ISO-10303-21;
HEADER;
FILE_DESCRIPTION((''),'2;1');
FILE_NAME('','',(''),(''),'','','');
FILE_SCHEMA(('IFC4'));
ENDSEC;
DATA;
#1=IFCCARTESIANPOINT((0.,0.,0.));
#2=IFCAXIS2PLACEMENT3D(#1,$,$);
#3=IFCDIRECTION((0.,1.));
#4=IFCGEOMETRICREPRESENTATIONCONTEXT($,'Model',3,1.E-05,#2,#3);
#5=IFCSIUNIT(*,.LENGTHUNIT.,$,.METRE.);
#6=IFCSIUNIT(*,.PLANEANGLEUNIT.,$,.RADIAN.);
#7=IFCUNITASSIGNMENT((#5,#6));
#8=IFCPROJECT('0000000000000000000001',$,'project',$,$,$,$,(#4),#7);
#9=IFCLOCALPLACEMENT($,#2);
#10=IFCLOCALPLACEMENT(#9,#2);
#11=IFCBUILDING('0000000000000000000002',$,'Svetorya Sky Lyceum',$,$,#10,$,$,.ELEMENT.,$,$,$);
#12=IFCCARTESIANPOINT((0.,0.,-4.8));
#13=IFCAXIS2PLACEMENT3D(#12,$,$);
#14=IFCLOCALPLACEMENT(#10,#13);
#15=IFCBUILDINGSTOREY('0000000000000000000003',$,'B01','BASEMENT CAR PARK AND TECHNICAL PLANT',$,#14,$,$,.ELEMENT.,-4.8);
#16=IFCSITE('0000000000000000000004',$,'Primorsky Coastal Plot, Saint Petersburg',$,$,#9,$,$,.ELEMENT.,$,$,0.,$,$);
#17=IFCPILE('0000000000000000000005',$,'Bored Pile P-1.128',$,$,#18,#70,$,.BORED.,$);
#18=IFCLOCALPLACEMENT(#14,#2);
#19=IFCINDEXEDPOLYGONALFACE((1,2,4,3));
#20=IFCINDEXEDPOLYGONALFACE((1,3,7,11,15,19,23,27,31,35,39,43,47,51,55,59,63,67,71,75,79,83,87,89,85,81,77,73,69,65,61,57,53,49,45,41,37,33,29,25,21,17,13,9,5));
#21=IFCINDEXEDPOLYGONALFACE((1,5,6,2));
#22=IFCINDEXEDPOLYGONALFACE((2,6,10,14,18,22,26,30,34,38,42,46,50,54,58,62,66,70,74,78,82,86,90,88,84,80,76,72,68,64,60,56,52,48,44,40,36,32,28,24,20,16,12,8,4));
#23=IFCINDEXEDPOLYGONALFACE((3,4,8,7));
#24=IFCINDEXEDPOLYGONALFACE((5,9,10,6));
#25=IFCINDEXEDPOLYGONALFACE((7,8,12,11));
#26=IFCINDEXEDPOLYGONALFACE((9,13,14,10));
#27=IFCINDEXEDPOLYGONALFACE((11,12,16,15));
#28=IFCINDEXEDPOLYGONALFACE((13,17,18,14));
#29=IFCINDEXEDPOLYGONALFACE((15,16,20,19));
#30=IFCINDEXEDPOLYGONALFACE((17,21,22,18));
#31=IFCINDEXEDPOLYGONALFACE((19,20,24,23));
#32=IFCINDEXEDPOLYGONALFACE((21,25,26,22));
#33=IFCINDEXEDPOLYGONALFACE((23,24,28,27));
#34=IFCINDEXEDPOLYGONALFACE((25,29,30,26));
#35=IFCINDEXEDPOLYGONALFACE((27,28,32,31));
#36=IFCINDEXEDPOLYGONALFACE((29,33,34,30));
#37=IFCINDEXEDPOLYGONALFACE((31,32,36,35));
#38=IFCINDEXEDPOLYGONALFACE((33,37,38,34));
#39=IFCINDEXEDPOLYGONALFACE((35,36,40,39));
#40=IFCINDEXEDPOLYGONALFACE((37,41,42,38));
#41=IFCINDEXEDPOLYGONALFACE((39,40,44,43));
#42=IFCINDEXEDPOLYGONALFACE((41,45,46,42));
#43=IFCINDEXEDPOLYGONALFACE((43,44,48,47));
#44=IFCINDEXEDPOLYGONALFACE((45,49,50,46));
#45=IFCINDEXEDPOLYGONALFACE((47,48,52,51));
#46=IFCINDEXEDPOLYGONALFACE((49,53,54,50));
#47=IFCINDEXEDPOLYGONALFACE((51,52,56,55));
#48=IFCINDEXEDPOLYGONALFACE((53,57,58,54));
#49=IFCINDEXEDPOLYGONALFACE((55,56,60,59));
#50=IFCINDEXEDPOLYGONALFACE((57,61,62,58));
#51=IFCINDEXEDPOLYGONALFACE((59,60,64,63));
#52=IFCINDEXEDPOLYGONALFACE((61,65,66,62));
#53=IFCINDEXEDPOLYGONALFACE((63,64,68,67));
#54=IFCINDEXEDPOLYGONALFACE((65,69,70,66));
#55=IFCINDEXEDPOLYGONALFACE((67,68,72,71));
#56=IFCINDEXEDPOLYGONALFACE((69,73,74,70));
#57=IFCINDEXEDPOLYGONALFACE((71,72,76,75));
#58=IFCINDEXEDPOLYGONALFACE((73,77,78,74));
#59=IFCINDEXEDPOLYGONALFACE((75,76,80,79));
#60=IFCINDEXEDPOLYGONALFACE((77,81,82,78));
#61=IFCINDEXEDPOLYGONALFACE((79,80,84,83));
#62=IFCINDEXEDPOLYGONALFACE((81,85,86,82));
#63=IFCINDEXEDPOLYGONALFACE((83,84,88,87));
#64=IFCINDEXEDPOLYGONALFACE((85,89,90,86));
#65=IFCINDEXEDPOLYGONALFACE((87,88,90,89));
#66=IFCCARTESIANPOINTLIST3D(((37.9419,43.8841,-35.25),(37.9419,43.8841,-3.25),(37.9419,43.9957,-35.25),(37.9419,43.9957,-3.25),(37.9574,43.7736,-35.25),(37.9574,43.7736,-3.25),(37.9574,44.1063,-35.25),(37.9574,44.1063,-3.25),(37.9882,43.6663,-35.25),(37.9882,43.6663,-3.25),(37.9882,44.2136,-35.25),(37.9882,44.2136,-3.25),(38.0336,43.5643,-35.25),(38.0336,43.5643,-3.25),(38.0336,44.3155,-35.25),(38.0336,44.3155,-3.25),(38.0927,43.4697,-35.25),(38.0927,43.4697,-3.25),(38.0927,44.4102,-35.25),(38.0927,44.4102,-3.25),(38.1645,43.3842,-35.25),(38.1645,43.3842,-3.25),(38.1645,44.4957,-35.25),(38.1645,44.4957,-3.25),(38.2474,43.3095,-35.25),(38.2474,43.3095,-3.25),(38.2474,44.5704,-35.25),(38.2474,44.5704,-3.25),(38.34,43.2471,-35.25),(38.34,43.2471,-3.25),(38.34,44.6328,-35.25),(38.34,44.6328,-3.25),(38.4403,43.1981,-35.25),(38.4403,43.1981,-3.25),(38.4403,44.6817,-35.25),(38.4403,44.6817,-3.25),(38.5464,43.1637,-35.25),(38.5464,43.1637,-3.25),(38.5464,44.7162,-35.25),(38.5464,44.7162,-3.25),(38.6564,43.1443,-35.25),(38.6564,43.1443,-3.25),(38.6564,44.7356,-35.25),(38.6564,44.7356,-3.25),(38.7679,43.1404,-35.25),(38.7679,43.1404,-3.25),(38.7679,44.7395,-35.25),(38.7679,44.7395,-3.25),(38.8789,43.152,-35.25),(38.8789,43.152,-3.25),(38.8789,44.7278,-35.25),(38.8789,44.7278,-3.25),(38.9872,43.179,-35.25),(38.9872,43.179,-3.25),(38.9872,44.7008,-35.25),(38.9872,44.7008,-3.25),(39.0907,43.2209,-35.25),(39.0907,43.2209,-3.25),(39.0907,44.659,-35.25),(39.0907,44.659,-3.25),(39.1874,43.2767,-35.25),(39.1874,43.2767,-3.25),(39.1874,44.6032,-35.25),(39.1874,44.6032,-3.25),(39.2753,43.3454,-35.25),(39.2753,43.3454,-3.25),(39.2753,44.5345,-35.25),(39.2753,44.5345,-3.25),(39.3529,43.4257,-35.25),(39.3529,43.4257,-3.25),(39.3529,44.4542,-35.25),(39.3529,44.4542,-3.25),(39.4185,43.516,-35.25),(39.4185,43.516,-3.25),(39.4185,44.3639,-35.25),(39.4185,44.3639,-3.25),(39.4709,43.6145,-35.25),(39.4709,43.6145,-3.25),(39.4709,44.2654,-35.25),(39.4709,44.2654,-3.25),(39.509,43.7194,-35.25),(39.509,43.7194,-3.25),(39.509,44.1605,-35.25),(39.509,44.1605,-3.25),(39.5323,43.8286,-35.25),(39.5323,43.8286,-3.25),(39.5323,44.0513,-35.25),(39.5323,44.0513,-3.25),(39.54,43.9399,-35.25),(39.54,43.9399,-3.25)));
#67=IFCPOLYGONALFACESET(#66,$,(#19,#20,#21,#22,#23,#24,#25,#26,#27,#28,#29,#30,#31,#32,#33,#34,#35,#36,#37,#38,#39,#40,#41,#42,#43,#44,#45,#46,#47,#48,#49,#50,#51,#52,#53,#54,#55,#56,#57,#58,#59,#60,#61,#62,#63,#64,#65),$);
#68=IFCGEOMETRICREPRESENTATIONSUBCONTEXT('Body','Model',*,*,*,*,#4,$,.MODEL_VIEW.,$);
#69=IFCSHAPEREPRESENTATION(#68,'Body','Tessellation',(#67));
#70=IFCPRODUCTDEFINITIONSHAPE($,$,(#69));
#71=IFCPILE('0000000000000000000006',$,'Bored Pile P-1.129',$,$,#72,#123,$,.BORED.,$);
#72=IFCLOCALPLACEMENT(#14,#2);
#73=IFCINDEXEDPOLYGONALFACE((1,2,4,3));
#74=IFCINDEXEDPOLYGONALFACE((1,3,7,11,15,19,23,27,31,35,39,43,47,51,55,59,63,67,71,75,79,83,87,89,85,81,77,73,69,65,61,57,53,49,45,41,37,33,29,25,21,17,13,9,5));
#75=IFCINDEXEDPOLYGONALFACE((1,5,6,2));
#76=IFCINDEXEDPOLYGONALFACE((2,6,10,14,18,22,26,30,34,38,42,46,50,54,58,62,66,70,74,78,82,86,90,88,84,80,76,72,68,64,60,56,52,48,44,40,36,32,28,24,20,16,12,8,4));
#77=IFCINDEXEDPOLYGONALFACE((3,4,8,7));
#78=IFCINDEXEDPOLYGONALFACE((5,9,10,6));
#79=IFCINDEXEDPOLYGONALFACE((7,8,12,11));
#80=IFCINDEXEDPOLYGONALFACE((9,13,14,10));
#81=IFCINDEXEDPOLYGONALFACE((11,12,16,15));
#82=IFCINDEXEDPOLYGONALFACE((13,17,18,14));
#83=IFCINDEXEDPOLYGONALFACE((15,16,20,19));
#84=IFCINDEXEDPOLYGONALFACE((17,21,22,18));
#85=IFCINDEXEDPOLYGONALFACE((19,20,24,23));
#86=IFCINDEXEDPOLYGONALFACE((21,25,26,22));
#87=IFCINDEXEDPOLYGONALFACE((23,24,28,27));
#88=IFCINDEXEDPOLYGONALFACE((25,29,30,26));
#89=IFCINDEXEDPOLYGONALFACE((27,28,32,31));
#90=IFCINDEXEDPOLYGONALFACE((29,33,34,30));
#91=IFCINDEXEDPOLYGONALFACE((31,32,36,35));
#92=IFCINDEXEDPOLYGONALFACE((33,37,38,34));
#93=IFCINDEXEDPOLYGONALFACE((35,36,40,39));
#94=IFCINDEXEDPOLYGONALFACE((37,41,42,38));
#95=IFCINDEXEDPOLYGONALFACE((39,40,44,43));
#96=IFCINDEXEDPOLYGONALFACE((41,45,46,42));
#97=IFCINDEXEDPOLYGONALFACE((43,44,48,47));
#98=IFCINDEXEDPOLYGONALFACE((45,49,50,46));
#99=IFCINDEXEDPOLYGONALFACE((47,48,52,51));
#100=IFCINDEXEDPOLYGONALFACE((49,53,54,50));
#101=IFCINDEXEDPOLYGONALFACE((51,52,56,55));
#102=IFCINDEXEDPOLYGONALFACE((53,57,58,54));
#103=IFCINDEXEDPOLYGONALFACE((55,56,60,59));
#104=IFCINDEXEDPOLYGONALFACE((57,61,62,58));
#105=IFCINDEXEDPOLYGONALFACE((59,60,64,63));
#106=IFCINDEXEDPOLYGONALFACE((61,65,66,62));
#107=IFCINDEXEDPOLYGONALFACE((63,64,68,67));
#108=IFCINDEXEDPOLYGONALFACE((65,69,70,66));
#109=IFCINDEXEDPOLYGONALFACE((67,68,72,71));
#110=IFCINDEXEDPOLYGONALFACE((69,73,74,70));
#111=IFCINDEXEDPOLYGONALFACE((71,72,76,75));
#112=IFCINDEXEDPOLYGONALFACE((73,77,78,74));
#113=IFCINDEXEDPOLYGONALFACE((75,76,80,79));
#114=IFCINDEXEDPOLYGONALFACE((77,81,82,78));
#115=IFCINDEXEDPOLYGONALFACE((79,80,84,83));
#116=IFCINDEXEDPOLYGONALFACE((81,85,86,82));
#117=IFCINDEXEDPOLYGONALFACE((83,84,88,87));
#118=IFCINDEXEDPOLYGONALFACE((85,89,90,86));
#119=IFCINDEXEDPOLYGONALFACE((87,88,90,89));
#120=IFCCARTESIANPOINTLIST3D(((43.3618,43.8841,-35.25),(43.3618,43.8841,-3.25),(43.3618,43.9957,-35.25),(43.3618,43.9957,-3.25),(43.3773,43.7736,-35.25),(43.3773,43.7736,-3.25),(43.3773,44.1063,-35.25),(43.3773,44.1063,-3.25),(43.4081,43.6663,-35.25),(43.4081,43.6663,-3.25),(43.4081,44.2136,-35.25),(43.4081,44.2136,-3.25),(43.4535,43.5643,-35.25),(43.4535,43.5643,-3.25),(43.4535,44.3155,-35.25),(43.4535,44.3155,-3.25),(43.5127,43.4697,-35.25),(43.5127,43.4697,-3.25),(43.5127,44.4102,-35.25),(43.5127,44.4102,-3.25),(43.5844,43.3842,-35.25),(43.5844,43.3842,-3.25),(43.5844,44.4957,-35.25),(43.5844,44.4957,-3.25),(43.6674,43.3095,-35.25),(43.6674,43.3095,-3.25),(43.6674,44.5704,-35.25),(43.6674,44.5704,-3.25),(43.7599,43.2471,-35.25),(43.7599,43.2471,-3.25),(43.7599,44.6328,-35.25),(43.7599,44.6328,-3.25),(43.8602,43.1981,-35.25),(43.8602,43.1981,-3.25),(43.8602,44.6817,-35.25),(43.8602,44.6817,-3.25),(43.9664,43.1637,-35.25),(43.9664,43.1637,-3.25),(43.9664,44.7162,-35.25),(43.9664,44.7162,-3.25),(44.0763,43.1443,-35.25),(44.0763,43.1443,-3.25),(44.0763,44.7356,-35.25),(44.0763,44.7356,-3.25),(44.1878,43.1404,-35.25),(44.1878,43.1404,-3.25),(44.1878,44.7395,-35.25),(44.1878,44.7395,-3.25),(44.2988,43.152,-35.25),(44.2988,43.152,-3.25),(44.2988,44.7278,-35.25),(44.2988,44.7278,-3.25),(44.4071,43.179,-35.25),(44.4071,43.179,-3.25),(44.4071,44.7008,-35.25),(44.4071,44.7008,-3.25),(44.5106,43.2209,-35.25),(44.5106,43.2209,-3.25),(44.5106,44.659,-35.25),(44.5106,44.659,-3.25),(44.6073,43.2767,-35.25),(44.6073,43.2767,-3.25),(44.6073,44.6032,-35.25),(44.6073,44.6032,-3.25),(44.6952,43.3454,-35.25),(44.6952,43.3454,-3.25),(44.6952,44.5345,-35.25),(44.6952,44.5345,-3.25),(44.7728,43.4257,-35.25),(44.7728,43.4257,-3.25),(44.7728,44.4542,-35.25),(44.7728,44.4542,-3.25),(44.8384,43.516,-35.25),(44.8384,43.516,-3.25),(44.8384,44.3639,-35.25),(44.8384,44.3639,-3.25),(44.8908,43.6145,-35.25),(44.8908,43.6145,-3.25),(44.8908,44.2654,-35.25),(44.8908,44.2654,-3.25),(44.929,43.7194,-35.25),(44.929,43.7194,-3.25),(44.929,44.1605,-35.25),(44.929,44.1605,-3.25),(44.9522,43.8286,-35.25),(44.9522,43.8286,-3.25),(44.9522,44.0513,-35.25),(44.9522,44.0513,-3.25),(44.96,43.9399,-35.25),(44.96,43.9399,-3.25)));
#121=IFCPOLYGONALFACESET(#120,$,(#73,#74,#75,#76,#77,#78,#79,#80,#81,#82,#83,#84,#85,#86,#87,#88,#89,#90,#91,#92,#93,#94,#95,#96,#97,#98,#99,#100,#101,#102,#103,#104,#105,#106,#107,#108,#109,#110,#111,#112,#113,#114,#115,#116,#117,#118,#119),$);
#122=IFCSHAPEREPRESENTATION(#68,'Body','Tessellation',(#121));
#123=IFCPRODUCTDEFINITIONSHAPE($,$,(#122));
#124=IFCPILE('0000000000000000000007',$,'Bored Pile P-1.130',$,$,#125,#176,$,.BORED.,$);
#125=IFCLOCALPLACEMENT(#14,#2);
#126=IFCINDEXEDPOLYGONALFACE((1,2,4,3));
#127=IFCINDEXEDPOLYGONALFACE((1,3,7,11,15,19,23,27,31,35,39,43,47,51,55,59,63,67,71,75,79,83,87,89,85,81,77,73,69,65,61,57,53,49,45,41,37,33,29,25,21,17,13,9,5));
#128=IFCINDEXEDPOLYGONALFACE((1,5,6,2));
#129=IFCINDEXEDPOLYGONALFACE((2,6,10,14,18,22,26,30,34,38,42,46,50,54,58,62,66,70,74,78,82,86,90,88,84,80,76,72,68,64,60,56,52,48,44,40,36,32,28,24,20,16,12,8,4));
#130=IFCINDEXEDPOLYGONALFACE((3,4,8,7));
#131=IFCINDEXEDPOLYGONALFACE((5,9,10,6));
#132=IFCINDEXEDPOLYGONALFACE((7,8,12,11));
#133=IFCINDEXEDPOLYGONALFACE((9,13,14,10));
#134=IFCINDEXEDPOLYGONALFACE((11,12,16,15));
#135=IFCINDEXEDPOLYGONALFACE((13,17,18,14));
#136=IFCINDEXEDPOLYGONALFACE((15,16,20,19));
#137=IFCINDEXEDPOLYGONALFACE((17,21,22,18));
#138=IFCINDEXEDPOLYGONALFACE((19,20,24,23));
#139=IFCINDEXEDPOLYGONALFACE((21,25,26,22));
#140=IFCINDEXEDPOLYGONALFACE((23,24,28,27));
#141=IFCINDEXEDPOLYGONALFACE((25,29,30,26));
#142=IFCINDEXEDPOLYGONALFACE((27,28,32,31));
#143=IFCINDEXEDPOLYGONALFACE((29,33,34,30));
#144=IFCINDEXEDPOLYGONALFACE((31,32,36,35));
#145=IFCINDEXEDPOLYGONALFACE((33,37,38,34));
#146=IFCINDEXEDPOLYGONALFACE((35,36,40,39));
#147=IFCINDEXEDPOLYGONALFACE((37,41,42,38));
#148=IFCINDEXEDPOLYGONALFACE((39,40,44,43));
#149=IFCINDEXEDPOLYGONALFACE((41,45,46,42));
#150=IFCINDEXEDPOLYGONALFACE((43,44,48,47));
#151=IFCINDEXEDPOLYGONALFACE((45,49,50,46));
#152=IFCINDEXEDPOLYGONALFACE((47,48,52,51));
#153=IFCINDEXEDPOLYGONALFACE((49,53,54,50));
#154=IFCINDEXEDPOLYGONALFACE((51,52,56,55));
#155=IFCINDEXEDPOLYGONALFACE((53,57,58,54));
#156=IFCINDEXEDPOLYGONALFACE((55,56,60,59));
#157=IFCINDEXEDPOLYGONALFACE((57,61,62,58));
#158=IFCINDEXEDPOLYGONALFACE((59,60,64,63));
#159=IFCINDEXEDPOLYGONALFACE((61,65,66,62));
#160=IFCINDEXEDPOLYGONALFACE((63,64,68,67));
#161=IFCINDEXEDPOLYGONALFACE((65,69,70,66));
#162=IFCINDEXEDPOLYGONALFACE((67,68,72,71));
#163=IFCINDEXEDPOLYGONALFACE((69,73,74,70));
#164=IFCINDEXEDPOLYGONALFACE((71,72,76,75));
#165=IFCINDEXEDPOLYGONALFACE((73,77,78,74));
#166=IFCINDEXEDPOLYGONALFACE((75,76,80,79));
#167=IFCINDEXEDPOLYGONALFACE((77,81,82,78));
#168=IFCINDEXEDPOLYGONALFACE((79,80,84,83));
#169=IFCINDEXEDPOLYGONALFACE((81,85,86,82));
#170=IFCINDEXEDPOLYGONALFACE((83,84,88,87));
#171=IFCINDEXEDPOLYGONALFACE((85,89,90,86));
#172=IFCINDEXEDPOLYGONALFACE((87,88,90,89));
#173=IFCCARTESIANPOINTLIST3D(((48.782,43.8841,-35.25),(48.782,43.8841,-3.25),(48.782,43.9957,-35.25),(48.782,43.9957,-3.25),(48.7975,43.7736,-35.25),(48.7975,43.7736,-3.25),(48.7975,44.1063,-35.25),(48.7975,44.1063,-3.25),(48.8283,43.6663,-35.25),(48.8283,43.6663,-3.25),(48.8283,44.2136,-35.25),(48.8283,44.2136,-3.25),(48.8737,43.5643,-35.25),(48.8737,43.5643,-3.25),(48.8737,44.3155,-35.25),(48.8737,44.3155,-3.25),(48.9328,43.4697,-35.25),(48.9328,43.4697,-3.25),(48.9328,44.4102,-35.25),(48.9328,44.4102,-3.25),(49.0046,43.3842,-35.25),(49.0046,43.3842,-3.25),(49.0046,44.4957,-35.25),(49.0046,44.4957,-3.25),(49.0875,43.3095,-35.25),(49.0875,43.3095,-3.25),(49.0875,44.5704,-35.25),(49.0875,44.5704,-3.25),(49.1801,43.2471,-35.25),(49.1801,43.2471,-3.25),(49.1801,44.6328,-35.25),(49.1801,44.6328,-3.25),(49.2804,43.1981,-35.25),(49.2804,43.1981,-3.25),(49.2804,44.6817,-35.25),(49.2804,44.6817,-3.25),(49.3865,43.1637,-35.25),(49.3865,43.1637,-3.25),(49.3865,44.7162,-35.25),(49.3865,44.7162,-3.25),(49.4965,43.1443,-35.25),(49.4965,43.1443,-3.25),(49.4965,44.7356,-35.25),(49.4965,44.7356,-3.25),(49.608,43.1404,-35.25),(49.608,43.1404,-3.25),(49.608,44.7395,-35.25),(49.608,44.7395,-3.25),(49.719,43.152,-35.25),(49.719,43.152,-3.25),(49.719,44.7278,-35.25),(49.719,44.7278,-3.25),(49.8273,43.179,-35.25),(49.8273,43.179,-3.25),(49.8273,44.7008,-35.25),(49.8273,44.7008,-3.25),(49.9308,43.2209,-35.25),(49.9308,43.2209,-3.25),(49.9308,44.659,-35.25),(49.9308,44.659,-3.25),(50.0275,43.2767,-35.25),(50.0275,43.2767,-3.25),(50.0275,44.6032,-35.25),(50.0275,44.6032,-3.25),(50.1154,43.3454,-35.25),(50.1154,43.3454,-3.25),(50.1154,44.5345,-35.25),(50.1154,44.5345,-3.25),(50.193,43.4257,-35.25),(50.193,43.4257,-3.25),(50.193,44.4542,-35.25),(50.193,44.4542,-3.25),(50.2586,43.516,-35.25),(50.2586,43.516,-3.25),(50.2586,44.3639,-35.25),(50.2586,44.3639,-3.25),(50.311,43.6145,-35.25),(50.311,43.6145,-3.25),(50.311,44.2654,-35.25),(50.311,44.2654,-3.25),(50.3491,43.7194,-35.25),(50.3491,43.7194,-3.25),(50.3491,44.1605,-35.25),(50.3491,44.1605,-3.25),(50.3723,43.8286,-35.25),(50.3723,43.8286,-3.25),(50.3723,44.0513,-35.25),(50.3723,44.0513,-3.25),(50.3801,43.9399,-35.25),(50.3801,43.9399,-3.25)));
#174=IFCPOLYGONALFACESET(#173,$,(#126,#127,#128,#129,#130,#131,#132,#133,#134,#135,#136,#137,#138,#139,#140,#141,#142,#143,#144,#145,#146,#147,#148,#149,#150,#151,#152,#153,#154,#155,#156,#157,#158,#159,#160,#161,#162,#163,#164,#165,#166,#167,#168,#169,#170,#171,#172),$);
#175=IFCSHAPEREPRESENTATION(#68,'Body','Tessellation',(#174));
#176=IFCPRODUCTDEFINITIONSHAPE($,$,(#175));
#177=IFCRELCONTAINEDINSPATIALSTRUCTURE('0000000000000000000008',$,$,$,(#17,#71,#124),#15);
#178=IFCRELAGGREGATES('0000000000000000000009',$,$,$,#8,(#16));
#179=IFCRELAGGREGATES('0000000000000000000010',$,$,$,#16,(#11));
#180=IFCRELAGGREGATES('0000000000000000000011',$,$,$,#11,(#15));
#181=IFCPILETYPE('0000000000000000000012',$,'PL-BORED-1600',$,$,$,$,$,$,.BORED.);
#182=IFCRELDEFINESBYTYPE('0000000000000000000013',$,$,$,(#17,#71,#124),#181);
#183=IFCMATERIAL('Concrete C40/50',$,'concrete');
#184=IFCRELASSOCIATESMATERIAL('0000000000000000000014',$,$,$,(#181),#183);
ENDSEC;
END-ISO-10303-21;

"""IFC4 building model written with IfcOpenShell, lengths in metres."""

from ifc_helpers import new_model, si_unit, direction, frame, origin, origin_2d, place, context, subcontext, project, spatial, circle, extrude, material, material_profile, profile_set, type_object, element, save


model = new_model("IFC4")

# Units and contexts
model_context = context("Model", 3, precision=1e-05, world=origin(), true_north=direction((0.0, 1.0)))
body_context = subcontext(model_context, "Body", "Model", "MODEL_VIEW")
ifc_project = project(units=[si_unit("LENGTHUNIT", "METRE"), si_unit("PLANEANGLEUNIT", "RADIAN")], contexts=[model_context])

# Site, building, storey
site_placement = place(None, origin())
site = spatial("IfcSite", under=ifc_project, at=site_placement, Name="Primorsky Coastal Plot, Saint Petersburg", CompositionType="ELEMENT", RefElevation=0.0)
building_placement = place(site_placement, origin())
building = spatial("IfcBuilding", under=site, at=building_placement, Name="Svetorya Sky Lyceum", CompositionType="ELEMENT")
storey_placement = place(building_placement, frame((0.0, 0.0, -4.8)))
storey = spatial("IfcBuildingStorey", under=building, at=storey_placement, Name="B01", Description="BASEMENT CAR PARK AND TECHNICAL PLANT", CompositionType="ELEMENT", Elevation=-4.8)

# Piles
ifc_material_1 = material(Name="Concrete C40/50", Category="concrete")
ifc_material_profile_1 = material_profile(ifc_material_1, circle(Radius=0.8, at=origin_2d()), Name="RC PILE D1600")
ifc_profile_set_1 = profile_set([ifc_material_profile_1], Name="Concrete C40/50")
pile_type = type_object("IfcPileType", Name="PL-BORED-1600", PredefinedType="BORED", material=ifc_profile_set_1)
for number, where, z_axis, x_axis, name in (
    (1, (38.74, 43.9399, -3.25), (0.0, 0.0, -1.0), (1.0, 0.0, 0.0), "Bored Pile P-1.128"),
    (2, (44.1599, 43.9399, -3.25), (0.0, 0.0, -1.0), (1.0, 0.0, 0.0), "Bored Pile P-1.129"),
    (3, (49.5801, 43.9399, -3.25), (0.0, 0.0, -1.0), (1.0, 0.0, 0.0), "Bored Pile P-1.130"),
):
    element("IfcPile", number, at=place(storey_placement, frame(where, z_axis=z_axis, x_axis=x_axis)), inside=storey, type_object=pile_type, Name=name, PredefinedType="BORED", context=body_context, shape_type="SweptSolid", body=[
        extrude(circle(Radius=0.8, at=origin_2d()), origin(), (0.0, 0.0, 1.0), 32.0),
    ])

save(model, "model.ifc")
